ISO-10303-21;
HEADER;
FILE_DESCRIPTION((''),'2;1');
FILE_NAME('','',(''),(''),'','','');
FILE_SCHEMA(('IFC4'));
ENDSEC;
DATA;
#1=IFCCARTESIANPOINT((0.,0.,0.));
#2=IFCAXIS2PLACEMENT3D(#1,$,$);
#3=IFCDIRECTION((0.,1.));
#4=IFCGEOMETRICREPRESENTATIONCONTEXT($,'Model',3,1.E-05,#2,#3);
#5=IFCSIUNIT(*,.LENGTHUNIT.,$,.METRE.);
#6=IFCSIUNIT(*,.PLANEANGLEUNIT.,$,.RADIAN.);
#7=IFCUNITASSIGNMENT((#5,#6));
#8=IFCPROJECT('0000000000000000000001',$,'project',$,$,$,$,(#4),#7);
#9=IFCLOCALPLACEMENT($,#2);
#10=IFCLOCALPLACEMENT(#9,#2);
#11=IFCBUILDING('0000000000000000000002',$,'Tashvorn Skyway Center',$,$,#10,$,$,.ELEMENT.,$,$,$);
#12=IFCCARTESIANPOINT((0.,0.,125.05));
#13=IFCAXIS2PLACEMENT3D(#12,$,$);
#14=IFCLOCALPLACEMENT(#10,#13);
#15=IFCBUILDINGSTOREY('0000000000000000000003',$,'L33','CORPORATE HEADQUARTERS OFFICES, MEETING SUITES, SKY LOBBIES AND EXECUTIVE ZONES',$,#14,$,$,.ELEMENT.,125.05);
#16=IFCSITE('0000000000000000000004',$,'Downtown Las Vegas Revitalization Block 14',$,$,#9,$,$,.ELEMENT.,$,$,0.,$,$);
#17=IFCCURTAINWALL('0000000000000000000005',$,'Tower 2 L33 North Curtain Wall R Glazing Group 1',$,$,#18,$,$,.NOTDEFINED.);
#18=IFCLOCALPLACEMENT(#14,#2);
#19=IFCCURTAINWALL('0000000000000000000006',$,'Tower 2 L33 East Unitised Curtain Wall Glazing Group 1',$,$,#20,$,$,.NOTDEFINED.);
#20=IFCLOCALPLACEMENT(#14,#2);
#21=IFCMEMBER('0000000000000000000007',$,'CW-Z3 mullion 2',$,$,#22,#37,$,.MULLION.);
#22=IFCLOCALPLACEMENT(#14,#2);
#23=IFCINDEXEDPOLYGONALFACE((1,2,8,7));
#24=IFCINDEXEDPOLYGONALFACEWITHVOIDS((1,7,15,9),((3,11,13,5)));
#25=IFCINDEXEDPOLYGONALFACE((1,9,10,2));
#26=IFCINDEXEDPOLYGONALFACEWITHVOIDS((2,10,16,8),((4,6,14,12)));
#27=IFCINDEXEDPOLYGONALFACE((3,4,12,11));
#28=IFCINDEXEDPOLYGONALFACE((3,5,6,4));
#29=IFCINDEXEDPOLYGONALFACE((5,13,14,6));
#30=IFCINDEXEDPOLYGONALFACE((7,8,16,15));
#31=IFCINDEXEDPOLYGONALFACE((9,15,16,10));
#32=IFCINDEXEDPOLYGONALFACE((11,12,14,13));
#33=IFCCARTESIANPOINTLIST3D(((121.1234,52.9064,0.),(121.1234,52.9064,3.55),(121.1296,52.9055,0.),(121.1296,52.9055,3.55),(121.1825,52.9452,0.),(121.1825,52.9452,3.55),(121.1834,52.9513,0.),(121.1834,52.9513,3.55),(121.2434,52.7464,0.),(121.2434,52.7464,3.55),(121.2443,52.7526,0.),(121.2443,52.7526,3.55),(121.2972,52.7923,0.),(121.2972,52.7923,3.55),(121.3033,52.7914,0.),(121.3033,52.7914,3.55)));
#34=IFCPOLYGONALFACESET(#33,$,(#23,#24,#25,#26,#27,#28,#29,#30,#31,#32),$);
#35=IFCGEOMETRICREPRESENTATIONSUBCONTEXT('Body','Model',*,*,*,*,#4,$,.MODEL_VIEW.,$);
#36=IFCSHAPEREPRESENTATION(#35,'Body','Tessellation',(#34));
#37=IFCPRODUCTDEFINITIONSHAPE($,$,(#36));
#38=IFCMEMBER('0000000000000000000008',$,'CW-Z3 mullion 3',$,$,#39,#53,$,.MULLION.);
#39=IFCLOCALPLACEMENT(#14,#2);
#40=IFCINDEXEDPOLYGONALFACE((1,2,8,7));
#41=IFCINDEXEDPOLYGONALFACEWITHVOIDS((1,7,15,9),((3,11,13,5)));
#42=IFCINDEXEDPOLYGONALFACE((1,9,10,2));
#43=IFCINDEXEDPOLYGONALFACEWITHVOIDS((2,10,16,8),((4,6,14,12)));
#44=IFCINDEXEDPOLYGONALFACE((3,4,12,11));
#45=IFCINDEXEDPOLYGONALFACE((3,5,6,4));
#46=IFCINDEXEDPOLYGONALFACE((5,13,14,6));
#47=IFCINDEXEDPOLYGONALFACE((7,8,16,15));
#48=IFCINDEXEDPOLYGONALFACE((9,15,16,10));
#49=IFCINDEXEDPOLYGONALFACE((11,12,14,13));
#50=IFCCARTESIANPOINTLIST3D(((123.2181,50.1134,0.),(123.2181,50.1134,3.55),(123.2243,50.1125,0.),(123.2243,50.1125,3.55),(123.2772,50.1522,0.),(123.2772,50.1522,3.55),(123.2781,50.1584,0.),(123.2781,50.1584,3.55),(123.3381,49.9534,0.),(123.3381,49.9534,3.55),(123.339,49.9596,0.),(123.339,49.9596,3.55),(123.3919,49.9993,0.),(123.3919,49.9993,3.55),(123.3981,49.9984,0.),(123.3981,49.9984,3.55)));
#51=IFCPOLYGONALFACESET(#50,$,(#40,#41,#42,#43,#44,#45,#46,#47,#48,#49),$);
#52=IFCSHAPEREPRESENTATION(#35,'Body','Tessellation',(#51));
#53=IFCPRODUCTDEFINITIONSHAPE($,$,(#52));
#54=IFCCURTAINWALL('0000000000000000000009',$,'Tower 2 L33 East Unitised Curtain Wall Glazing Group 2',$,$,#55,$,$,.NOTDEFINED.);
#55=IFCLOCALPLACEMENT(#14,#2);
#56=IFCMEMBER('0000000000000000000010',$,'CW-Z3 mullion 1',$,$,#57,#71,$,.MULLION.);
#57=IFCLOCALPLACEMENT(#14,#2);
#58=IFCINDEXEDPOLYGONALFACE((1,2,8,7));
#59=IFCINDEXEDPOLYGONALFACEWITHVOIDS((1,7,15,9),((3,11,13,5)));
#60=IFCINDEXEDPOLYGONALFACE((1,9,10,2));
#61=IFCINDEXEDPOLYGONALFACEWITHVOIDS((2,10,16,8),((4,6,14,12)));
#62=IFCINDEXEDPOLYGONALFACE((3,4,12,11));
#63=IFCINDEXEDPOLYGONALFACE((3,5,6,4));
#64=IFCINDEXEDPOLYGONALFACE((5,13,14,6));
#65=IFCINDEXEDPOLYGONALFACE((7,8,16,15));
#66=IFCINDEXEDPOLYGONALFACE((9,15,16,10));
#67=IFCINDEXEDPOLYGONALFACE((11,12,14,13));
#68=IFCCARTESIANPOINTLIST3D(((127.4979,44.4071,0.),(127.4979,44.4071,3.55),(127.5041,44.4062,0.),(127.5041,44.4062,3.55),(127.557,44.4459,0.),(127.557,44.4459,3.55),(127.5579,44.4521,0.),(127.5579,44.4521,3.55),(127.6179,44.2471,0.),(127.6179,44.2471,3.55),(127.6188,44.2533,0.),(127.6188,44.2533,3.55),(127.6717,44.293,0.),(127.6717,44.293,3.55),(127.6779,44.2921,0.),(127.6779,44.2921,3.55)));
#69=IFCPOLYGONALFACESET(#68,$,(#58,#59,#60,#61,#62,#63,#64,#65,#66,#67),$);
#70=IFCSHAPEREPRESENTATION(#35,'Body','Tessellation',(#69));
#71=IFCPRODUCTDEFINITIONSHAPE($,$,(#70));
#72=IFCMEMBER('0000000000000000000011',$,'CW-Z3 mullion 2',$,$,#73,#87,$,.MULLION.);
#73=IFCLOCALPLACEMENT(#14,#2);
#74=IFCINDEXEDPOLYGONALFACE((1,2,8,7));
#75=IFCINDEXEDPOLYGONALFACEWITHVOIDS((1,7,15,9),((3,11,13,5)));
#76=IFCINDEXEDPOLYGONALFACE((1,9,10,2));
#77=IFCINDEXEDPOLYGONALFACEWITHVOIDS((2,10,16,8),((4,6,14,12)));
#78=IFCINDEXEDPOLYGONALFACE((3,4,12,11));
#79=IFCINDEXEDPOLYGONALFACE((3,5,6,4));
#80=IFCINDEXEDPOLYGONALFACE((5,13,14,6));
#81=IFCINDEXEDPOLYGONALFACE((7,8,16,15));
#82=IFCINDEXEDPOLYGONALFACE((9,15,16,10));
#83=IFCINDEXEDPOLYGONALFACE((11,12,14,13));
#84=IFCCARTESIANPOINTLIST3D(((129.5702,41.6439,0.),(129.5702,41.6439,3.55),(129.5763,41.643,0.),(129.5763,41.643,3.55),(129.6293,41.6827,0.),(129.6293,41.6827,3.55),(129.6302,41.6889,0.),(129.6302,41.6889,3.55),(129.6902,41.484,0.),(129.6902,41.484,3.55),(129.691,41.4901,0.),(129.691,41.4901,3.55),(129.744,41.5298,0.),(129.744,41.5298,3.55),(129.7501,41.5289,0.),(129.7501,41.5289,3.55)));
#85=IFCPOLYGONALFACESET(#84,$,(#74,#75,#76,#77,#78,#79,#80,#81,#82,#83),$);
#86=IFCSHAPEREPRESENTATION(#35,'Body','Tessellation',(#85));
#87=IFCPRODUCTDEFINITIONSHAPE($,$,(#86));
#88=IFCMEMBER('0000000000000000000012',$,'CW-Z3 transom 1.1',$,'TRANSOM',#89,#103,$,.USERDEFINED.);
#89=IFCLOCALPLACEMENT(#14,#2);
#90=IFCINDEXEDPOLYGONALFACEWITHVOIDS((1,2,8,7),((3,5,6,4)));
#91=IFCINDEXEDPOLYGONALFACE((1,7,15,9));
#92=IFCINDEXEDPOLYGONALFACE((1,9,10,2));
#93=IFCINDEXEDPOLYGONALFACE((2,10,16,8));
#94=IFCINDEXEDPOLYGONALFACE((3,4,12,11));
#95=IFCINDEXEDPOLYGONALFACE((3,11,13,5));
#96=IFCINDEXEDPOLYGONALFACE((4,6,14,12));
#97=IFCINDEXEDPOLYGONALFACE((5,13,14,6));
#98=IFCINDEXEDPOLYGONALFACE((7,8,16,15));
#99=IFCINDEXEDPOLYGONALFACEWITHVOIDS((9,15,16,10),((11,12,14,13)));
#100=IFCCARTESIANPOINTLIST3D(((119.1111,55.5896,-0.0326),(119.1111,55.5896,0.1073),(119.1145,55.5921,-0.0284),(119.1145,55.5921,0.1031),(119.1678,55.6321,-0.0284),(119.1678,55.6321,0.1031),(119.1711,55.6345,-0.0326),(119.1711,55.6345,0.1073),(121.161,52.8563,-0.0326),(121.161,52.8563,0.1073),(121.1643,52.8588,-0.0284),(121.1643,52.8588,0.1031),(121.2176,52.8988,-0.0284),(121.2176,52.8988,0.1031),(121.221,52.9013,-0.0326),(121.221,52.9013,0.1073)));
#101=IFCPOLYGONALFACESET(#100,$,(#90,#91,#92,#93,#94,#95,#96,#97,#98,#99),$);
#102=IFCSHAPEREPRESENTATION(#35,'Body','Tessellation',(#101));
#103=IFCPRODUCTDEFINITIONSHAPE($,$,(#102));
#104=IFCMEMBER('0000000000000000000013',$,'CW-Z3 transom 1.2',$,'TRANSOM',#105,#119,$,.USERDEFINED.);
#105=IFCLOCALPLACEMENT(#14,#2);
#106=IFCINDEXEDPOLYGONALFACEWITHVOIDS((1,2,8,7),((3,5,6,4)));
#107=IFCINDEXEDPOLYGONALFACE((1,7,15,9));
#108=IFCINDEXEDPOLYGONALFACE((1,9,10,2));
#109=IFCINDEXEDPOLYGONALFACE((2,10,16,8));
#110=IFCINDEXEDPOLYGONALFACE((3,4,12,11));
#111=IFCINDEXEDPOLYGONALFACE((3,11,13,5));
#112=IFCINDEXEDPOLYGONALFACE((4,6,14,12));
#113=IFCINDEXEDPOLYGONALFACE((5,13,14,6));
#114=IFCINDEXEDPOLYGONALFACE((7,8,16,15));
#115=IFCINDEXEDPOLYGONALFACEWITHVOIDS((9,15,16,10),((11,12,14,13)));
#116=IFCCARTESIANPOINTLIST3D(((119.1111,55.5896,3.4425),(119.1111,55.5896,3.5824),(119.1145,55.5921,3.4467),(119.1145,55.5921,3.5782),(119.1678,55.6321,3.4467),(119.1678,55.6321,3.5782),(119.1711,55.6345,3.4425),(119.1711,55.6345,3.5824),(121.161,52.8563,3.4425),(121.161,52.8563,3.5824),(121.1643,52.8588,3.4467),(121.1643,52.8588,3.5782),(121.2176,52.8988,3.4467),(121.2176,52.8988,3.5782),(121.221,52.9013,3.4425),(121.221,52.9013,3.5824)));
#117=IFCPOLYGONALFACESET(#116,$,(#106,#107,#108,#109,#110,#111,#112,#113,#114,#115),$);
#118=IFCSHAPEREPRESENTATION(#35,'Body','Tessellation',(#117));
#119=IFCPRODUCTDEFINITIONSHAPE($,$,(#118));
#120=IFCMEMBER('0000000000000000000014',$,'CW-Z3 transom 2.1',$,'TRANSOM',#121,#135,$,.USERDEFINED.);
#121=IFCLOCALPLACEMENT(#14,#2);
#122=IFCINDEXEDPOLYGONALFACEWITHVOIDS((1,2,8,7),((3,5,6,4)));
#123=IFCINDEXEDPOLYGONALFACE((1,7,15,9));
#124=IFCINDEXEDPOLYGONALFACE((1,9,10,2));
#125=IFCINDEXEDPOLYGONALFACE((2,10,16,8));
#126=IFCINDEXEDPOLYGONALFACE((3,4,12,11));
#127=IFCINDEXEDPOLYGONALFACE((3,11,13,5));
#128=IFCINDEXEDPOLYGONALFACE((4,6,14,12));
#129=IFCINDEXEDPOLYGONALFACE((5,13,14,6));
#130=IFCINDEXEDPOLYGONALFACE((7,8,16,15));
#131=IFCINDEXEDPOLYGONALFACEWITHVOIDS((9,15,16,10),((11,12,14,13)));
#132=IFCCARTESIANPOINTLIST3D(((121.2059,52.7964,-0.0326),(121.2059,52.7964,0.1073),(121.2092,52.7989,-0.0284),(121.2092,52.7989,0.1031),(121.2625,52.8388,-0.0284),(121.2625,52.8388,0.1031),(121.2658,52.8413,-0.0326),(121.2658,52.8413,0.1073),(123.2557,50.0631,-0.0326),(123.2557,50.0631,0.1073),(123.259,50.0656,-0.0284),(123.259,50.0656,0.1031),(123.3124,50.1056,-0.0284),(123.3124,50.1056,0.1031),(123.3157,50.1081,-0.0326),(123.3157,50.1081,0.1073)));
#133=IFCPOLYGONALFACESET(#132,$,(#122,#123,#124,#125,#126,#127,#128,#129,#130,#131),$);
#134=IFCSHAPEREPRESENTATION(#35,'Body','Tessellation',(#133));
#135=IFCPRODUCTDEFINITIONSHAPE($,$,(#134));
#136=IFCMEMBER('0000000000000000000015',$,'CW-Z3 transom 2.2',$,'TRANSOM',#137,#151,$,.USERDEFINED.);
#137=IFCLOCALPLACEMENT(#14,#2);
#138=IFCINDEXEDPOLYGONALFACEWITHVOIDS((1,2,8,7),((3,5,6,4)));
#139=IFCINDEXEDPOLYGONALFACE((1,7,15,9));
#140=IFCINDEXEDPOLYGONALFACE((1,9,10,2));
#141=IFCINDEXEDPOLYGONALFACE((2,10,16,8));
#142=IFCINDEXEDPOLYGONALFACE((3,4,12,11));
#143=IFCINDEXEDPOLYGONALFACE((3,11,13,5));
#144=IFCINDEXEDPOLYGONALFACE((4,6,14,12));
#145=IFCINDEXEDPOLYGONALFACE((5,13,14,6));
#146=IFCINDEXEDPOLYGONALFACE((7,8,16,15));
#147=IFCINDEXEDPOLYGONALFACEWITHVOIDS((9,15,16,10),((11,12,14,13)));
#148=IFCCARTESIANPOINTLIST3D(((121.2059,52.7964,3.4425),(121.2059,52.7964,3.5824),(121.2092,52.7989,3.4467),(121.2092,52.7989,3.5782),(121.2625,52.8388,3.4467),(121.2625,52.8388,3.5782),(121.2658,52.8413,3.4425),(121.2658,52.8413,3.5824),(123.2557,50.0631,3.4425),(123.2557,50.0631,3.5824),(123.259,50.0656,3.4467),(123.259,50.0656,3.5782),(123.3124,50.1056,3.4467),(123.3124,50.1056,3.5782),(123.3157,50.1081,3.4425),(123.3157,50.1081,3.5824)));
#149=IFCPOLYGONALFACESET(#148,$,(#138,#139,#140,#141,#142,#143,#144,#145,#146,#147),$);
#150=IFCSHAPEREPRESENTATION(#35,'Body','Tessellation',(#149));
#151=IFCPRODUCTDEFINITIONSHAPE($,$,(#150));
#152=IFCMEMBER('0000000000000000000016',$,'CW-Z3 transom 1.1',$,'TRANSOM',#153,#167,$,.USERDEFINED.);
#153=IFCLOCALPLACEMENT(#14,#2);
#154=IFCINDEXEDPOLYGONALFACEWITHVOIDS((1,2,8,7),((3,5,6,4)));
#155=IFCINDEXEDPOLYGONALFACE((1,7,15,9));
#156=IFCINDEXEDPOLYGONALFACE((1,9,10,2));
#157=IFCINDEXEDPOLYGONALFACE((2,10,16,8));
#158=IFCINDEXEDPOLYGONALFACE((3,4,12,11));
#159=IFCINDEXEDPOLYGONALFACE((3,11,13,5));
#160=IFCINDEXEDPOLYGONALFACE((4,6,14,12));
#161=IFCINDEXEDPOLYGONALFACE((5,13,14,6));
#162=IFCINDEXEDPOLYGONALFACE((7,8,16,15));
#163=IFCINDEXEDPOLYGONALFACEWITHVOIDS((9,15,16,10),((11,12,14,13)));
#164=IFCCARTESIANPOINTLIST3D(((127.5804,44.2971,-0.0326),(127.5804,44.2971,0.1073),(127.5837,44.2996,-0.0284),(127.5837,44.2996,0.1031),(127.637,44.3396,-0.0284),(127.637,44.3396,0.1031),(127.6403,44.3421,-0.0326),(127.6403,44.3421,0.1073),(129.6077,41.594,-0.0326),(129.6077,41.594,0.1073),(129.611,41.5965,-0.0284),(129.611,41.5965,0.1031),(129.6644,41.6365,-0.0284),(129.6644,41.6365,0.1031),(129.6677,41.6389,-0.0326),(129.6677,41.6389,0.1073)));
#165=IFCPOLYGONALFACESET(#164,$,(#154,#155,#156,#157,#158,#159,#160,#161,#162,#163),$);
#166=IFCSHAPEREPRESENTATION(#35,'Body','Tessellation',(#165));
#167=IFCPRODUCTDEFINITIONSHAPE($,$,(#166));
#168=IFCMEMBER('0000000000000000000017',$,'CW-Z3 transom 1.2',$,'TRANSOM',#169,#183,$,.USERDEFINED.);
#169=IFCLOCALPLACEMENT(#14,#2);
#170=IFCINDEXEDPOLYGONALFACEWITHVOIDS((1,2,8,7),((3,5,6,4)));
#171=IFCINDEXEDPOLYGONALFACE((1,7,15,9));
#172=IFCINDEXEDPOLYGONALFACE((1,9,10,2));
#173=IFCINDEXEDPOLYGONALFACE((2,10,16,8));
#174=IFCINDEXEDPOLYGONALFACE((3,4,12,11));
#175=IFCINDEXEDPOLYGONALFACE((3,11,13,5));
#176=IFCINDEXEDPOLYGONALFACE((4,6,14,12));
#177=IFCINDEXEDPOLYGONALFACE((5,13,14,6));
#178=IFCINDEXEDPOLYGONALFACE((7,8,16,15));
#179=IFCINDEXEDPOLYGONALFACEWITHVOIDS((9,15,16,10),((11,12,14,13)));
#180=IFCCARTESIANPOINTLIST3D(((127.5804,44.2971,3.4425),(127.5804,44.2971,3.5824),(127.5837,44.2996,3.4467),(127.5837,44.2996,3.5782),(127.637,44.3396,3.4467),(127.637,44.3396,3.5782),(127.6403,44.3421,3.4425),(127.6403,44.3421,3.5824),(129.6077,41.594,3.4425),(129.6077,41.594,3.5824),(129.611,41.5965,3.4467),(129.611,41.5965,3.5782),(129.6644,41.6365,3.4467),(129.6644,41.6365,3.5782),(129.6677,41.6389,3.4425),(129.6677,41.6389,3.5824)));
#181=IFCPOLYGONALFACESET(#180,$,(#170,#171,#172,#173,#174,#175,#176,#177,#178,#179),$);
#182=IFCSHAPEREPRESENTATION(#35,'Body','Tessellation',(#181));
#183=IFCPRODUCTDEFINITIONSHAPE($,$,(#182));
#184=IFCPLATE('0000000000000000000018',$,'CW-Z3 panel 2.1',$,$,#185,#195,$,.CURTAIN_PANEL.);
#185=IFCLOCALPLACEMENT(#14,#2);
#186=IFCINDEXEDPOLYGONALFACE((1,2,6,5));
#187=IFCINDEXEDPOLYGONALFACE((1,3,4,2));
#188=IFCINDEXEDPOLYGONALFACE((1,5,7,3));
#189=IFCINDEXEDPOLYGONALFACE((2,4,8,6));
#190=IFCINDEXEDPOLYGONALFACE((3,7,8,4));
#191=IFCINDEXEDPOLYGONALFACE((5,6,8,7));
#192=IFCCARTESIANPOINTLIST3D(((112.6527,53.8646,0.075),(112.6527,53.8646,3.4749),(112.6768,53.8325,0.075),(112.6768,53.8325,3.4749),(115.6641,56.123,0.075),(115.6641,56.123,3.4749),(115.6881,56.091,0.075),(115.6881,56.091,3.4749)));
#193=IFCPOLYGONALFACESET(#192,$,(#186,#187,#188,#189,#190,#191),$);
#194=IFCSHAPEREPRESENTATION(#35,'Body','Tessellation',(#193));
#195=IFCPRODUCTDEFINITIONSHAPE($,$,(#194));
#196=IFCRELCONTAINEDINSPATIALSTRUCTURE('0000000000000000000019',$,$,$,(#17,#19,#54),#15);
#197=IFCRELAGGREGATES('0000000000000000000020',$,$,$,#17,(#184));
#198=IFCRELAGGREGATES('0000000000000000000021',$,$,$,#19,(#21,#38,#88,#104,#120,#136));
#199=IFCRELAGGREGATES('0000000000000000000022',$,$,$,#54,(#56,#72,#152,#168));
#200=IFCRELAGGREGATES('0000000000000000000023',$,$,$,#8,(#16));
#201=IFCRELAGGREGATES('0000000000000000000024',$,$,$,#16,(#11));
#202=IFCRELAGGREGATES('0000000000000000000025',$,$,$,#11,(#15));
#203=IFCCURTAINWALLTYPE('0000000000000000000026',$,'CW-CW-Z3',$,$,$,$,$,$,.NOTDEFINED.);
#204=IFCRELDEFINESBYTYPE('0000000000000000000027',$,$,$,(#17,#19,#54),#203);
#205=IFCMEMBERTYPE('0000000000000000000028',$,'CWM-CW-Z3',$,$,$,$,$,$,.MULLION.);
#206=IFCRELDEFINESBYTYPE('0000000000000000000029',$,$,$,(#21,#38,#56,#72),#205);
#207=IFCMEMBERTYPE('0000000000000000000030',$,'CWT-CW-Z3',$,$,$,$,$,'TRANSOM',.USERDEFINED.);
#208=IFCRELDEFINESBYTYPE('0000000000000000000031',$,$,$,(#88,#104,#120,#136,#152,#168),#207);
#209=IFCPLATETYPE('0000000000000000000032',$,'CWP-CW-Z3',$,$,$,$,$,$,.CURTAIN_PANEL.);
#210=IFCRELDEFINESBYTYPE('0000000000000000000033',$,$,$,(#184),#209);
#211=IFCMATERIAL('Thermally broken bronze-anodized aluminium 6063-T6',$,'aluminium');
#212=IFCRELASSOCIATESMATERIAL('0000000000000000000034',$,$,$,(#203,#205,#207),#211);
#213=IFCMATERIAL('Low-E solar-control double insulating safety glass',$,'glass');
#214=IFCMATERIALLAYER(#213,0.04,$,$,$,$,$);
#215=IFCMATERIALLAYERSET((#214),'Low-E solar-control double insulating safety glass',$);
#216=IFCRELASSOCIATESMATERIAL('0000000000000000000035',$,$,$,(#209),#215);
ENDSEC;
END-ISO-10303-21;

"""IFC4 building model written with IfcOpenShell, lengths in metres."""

from ifc_helpers import new_model, si_unit, direction, frame, origin, origin_2d, place, context, subcontext, project, spatial, rectangle, hollow_rectangle, extrude, material, layer, layer_set, material_profile, profile_set, type_object, element, aggregate, save


model = new_model("IFC4")

# Units and contexts
model_context = context("Model", 3, precision=1e-05, world=origin(), true_north=direction((0.0, 1.0)))
body_context = subcontext(model_context, "Body", "Model", "MODEL_VIEW")
ifc_project = project(units=[si_unit("LENGTHUNIT", "METRE"), si_unit("PLANEANGLEUNIT", "RADIAN")], contexts=[model_context])

# Site, building, storey
site_placement = place(None, origin())
site = spatial("IfcSite", under=ifc_project, at=site_placement, Name="Downtown Las Vegas Revitalization Block 14", CompositionType="ELEMENT", RefElevation=0.0)
building_placement = place(site_placement, origin())
building = spatial("IfcBuilding", under=site, at=building_placement, Name="Tashvorn Skyway Center", CompositionType="ELEMENT")
storey_placement = place(building_placement, frame((0.0, 0.0, 125.05)))
storey = spatial("IfcBuildingStorey", under=building, at=storey_placement, Name="L33", Description="CORPORATE HEADQUARTERS OFFICES, MEETING SUITES, SKY LOBBIES AND EXECUTIVE ZONES", CompositionType="ELEMENT", Elevation=125.05)

# Curtain wall
ifc_material_1 = material(Name="Thermally broken bronze-anodized aluminium 6063-T6", Category="aluminium")
curtain_wall_type = type_object("IfcCurtainWallType", Name="CW-CW-Z3", PredefinedType="NOTDEFINED", material=ifc_material_1)
curtain_wall_1_placement = place(storey_placement, origin())
curtain_wall_1 = element("IfcCurtainWall", 1, at=curtain_wall_1_placement, inside=storey, type_object=curtain_wall_type, Name="Tower 2 L33 North Curtain Wall R Glazing Group 1", PredefinedType="NOTDEFINED")
ifc_material_profile_1 = material_profile(ifc_material_1, hollow_rectangle(XDim=0.075, YDim=0.2, WallThickness=0.0044, at=origin_2d()), Name="ALU-MULL-75x200")
ifc_profile_set_1 = profile_set([ifc_material_profile_1], Name="Thermally broken bronze-anodized aluminium 6063-T6")
member_type_1 = type_object("IfcMemberType", Name="CWM-CW-Z3", PredefinedType="MULLION", material=ifc_profile_set_1)

# Curtain walls, members
curtain_wall_2_placement = place(storey_placement, origin())
curtain_wall_2 = element("IfcCurtainWall", 2, at=curtain_wall_2_placement, inside=storey, type_object=curtain_wall_type, Name="Tower 2 L33 East Unitised Curtain Wall Glazing Group 1", PredefinedType="NOTDEFINED")
member_1_placement = place(storey_placement, frame((121.2134, 52.8489, 0.0), z_axis=(0.0, 0.0, 1.0), x_axis=(0.799997, 0.600005, 0.0)))
member_1 = element("IfcMember", 3, at=member_1_placement, type_object=member_type_1, Name="CW-Z3 mullion 2", PredefinedType="MULLION", context=body_context, shape_type="SweptSolid", body=[
    extrude(hollow_rectangle(XDim=0.075, YDim=0.2, WallThickness=0.0044, at=origin_2d()), origin(), (0.0, 0.0, 1.0), 3.55),
])
member_2_placement = place(storey_placement, frame((123.3081, 50.0559, 0.0), z_axis=(0.0, 0.0, 1.0), x_axis=(0.799997, 0.600005, 0.0)))
member_2 = element("IfcMember", 4, at=member_2_placement, type_object=member_type_1, Name="CW-Z3 mullion 3", PredefinedType="MULLION", context=body_context, shape_type="SweptSolid", body=[
    extrude(hollow_rectangle(XDim=0.075, YDim=0.2, WallThickness=0.0044, at=origin_2d()), origin(), (0.0, 0.0, 1.0), 3.55),
])
curtain_wall_3_placement = place(storey_placement, origin())
curtain_wall_3 = element("IfcCurtainWall", 5, at=curtain_wall_3_placement, inside=storey, type_object=curtain_wall_type, Name="Tower 2 L33 East Unitised Curtain Wall Glazing Group 2", PredefinedType="NOTDEFINED")
member_3_placement = place(storey_placement, frame((127.5879, 44.3496, 0.0), z_axis=(0.0, 0.0, 1.0), x_axis=(0.8, 0.6, 0.0)))
member_3 = element("IfcMember", 6, at=member_3_placement, type_object=member_type_1, Name="CW-Z3 mullion 1", PredefinedType="MULLION", context=body_context, shape_type="SweptSolid", body=[
    extrude(hollow_rectangle(XDim=0.075, YDim=0.2, WallThickness=0.0044, at=origin_2d()), origin(), (0.0, 0.0, 1.0), 3.55),
])
member_4_placement = place(storey_placement, frame((129.6602, 41.5864, 0.0), z_axis=(0.0, 0.0, 1.0), x_axis=(0.8, 0.6, 0.0)))
member_4 = element("IfcMember", 7, at=member_4_placement, type_object=member_type_1, Name="CW-Z3 mullion 2", PredefinedType="MULLION", context=body_context, shape_type="SweptSolid", body=[
    extrude(hollow_rectangle(XDim=0.075, YDim=0.2, WallThickness=0.0044, at=origin_2d()), origin(), (0.0, 0.0, 1.0), 3.55),
])

# Members
ifc_material_profile_2 = material_profile(ifc_material_1, hollow_rectangle(XDim=0.075, YDim=0.1399, WallThickness=0.0042, at=origin_2d()), Name="ALU-TRAN-75x140")
ifc_profile_set_2 = profile_set([ifc_material_profile_2], Name="Thermally broken bronze-anodized aluminium 6063-T6")
member_type_2 = type_object("IfcMemberType", Name="CWT-CW-Z3", ElementType="TRANSOM", PredefinedType="USERDEFINED", material=ifc_profile_set_2)
member_5_placement = place(storey_placement, frame((119.1411, 55.6121, 0.0374), z_axis=(0.599989, -0.800009, 0.0), x_axis=(0.800009, 0.599989, 0.0)))
member_5 = element("IfcMember", 8, at=member_5_placement, type_object=member_type_2, Name="CW-Z3 transom 1.1", ObjectType="TRANSOM", PredefinedType="USERDEFINED", context=body_context, shape_type="SweptSolid", body=[
    extrude(hollow_rectangle(XDim=0.075, YDim=0.1399, WallThickness=0.0042, at=origin_2d()), origin(), (0.0, 0.0, 1.0), 3.4165),
])
member_6_placement = place(storey_placement, frame((119.1411, 55.6121, 3.5125), z_axis=(0.599989, -0.800009, 0.0), x_axis=(0.800009, 0.599989, 0.0)))
member_6 = element("IfcMember", 9, at=member_6_placement, type_object=member_type_2, Name="CW-Z3 transom 1.2", ObjectType="TRANSOM", PredefinedType="USERDEFINED", context=body_context, shape_type="SweptSolid", body=[
    extrude(hollow_rectangle(XDim=0.075, YDim=0.1399, WallThickness=0.0042, at=origin_2d()), origin(), (0.0, 0.0, 1.0), 3.4165),
])
member_7_placement = place(storey_placement, frame((121.2358, 52.8188, 0.0374), z_axis=(0.599989, -0.800009, 0.0), x_axis=(0.800009, 0.599989, 0.0)))
member_7 = element("IfcMember", 10, at=member_7_placement, type_object=member_type_2, Name="CW-Z3 transom 2.1", ObjectType="TRANSOM", PredefinedType="USERDEFINED", context=body_context, shape_type="SweptSolid", body=[
    extrude(hollow_rectangle(XDim=0.075, YDim=0.1399, WallThickness=0.0042, at=origin_2d()), origin(), (0.0, 0.0, 1.0), 3.4165),
])
member_8_placement = place(storey_placement, frame((121.2358, 52.8188, 3.5125), z_axis=(0.599989, -0.800009, 0.0), x_axis=(0.800009, 0.599989, 0.0)))
member_8 = element("IfcMember", 11, at=member_8_placement, type_object=member_type_2, Name="CW-Z3 transom 2.2", ObjectType="TRANSOM", PredefinedType="USERDEFINED", context=body_context, shape_type="SweptSolid", body=[
    extrude(hollow_rectangle(XDim=0.075, YDim=0.1399, WallThickness=0.0042, at=origin_2d()), origin(), (0.0, 0.0, 1.0), 3.4165),
])
member_9_placement = place(storey_placement, frame((127.6104, 44.3196, 0.0374), z_axis=(0.6, -0.8, 0.0), x_axis=(0.8, 0.6, 0.0)))
member_9 = element("IfcMember", 12, at=member_9_placement, type_object=member_type_2, Name="CW-Z3 transom 1.1", ObjectType="TRANSOM", PredefinedType="USERDEFINED", context=body_context, shape_type="SweptSolid", body=[
    extrude(hollow_rectangle(XDim=0.075, YDim=0.1399, WallThickness=0.0042, at=origin_2d()), origin(), (0.0, 0.0, 1.0), 3.3789),
])
member_10_placement = place(storey_placement, frame((127.6104, 44.3196, 3.5125), z_axis=(0.6, -0.8, 0.0), x_axis=(0.8, 0.6, 0.0)))
member_10 = element("IfcMember", 13, at=member_10_placement, type_object=member_type_2, Name="CW-Z3 transom 1.2", ObjectType="TRANSOM", PredefinedType="USERDEFINED", context=body_context, shape_type="SweptSolid", body=[
    extrude(hollow_rectangle(XDim=0.075, YDim=0.1399, WallThickness=0.0042, at=origin_2d()), origin(), (0.0, 0.0, 1.0), 3.3789),
])

# Plate
ifc_material_2 = material(Name="Low-E solar-control double insulating safety glass", Category="glass")
ifc_layer_1 = layer(ifc_material_2, 0.04)
ifc_layer_set_1 = layer_set([ifc_layer_1], Name="Low-E solar-control double insulating safety glass")
plate_type = type_object("IfcPlateType", Name="CWP-CW-Z3", PredefinedType="CURTAIN_PANEL", material=ifc_layer_set_1)
plate_1_placement = place(storey_placement, frame((114.1704, 54.9778, 0.075), z_axis=(0.0, 0.0, 1.0), x_axis=(0.800002, 0.599998, 0.0)))
plate_1 = element("IfcPlate", 14, at=plate_1_placement, type_object=plate_type, Name="CW-Z3 panel 2.1", PredefinedType="CURTAIN_PANEL", context=body_context, shape_type="SweptSolid", body=[
    extrude(rectangle(XDim=3.7642, YDim=0.04, at=origin_2d()), origin(), (0.0, 0.0, 1.0), 3.3999),
])
aggregate(curtain_wall_1, [plate_1])
aggregate(curtain_wall_2, [member_1, member_2, member_5, member_6, member_7, member_8])
aggregate(curtain_wall_3, [member_3, member_4, member_9, member_10])

save(model, "model.ifc")
